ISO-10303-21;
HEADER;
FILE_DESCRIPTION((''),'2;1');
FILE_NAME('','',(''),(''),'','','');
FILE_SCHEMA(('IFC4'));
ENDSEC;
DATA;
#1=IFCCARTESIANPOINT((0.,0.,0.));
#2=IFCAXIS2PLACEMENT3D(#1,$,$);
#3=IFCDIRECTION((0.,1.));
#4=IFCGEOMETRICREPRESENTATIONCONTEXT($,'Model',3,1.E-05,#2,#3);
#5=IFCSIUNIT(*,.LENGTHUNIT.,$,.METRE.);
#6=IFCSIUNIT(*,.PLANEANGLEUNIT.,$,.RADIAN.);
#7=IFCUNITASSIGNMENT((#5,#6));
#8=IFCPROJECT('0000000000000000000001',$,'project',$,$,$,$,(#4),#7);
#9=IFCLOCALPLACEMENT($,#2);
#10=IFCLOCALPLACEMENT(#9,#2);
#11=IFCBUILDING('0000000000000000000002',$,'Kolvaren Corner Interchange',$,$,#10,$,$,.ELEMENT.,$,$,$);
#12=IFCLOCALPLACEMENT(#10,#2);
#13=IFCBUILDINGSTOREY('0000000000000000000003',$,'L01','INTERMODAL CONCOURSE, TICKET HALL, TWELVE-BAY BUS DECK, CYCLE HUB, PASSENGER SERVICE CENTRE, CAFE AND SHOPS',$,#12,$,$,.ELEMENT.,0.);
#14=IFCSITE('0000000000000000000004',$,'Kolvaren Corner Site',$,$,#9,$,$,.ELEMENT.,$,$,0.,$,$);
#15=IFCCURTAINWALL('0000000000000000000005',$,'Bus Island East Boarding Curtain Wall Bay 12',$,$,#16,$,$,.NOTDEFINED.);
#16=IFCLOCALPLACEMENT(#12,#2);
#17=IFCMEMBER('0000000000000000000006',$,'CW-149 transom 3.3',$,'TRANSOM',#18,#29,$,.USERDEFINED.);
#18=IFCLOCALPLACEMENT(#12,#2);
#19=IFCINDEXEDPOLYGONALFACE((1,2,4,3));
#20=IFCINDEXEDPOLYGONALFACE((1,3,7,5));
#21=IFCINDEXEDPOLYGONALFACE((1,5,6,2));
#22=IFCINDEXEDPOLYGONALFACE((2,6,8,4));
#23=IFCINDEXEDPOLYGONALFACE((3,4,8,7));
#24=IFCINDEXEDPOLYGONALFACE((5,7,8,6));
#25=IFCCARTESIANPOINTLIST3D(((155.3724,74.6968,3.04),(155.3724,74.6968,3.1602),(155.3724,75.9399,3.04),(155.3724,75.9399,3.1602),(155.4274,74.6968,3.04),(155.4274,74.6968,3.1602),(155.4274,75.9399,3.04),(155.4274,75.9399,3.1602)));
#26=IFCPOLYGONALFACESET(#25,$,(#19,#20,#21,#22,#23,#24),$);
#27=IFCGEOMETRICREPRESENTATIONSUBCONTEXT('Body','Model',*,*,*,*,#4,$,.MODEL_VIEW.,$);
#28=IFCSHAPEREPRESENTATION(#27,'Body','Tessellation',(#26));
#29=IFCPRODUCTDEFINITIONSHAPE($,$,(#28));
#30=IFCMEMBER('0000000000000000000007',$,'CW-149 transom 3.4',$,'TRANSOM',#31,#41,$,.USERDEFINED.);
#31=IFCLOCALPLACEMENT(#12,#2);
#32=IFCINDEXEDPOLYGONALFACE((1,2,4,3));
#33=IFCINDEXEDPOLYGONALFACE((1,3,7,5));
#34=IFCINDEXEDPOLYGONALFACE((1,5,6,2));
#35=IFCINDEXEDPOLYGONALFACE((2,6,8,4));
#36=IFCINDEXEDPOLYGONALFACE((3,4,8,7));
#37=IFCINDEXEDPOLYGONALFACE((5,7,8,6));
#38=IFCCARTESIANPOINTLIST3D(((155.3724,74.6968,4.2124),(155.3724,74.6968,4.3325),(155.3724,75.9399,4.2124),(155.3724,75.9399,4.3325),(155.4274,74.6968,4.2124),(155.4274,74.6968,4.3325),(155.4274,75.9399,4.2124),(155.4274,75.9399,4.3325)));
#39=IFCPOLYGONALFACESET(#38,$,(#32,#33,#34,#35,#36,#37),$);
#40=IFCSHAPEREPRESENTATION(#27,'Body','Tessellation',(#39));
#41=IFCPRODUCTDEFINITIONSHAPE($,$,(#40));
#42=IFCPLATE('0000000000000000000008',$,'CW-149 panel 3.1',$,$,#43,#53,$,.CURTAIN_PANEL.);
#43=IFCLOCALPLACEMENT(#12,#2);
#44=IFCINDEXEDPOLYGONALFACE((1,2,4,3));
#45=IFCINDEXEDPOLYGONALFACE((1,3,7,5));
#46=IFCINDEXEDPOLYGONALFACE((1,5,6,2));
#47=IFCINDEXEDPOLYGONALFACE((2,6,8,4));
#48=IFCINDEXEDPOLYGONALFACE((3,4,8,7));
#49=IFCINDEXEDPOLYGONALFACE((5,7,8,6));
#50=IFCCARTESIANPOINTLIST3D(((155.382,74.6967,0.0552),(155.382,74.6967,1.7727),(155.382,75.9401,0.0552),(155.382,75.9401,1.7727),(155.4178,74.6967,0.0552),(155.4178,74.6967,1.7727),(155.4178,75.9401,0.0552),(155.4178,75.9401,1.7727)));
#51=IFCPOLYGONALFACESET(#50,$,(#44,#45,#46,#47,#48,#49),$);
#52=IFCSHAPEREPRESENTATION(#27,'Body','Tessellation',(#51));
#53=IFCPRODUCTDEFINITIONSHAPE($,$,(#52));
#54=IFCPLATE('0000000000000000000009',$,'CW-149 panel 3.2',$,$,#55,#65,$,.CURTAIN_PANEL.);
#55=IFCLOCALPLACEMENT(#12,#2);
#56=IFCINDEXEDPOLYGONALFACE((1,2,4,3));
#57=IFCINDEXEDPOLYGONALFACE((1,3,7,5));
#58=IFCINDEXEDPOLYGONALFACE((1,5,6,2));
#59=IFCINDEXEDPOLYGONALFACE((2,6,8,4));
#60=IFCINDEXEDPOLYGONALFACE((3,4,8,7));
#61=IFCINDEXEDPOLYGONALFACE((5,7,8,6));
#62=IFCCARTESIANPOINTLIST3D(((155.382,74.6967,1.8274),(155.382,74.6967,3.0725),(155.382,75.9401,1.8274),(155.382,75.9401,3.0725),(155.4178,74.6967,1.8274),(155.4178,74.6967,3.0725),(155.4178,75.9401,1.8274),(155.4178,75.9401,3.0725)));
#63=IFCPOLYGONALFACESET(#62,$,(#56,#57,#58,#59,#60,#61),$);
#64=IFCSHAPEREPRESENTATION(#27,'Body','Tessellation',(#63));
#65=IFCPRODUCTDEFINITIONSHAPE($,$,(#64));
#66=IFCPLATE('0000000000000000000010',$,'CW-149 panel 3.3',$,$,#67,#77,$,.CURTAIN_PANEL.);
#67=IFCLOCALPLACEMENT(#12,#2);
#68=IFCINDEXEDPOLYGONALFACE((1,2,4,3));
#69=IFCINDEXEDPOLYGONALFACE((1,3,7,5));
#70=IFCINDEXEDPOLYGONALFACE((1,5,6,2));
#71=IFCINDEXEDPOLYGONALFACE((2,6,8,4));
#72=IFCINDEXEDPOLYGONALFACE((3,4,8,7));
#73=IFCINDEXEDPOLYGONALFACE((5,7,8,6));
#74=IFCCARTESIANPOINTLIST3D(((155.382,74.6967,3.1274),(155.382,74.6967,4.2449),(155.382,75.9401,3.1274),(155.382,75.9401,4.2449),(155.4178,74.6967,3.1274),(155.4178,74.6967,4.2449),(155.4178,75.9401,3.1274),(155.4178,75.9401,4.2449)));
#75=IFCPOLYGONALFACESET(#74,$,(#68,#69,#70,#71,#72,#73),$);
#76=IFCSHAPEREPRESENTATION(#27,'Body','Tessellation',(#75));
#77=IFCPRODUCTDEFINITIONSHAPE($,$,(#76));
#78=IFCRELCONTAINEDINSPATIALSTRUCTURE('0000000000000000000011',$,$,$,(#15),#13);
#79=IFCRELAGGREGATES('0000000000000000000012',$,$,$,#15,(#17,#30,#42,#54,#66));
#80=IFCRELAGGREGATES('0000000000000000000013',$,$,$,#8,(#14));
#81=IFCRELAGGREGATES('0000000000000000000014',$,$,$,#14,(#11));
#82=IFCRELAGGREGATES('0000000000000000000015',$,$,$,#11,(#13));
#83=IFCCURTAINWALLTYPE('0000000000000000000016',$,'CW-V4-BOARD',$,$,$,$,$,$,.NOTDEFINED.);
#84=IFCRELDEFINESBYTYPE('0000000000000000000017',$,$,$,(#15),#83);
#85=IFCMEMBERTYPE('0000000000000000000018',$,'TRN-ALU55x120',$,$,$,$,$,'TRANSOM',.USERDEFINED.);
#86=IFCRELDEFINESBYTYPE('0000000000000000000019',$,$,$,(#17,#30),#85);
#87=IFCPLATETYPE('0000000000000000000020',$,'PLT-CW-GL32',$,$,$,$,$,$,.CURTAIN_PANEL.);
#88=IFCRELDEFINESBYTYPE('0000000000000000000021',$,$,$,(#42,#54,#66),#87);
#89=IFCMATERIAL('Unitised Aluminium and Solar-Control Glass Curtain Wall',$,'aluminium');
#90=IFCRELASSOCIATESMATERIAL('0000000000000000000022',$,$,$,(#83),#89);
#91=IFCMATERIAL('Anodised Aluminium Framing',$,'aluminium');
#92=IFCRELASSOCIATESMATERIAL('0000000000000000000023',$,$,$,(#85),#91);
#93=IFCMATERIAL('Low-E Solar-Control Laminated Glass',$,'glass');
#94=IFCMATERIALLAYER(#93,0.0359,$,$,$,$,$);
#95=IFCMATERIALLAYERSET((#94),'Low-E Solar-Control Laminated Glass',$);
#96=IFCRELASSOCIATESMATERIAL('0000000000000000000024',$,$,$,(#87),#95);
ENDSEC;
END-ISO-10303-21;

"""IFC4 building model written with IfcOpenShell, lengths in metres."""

from ifc_helpers import new_model, si_unit, direction, frame, origin, origin_2d, place, context, subcontext, project, spatial, rectangle, extrude, material, layer, layer_set, material_profile, profile_set, type_object, element, aggregate, save


model = new_model("IFC4")

# Units and contexts
model_context = context("Model", 3, precision=1e-05, world=origin(), true_north=direction((0.0, 1.0)))
body_context = subcontext(model_context, "Body", "Model", "MODEL_VIEW")
ifc_project = project(units=[si_unit("LENGTHUNIT", "METRE"), si_unit("PLANEANGLEUNIT", "RADIAN")], contexts=[model_context])

# Site, building, storey
site_placement = place(None, origin())
site = spatial("IfcSite", under=ifc_project, at=site_placement, Name="Kolvaren Corner Site", CompositionType="ELEMENT", RefElevation=0.0)
building_placement = place(site_placement, origin())
building = spatial("IfcBuilding", under=site, at=building_placement, Name="Kolvaren Corner Interchange", CompositionType="ELEMENT")
storey_placement = place(building_placement, origin())
storey = spatial("IfcBuildingStorey", under=building, at=storey_placement, Name="L01", Description="INTERMODAL CONCOURSE, TICKET HALL, TWELVE-BAY BUS DECK, CYCLE HUB, PASSENGER SERVICE CENTRE, CAFE AND SHOPS", CompositionType="ELEMENT", Elevation=0.0)

# Curtain wall, members, plates
ifc_material_1 = material(Name="Unitised Aluminium and Solar-Control Glass Curtain Wall", Category="aluminium")
curtain_wall_type = type_object("IfcCurtainWallType", Name="CW-V4-BOARD", PredefinedType="NOTDEFINED", material=ifc_material_1)
curtain_wall_placement = place(storey_placement, origin())
curtain_wall = element("IfcCurtainWall", 1, at=curtain_wall_placement, inside=storey, type_object=curtain_wall_type, Name="Bus Island East Boarding Curtain Wall Bay 12", PredefinedType="NOTDEFINED")
ifc_material_2 = material(Name="Anodised Aluminium Framing", Category="aluminium")
ifc_material_profile_1 = material_profile(ifc_material_2, rectangle(XDim=0.0549, YDim=0.1201, at=origin_2d()), Name="ALU 55x120")
ifc_profile_set_1 = profile_set([ifc_material_profile_1], Name="Anodised Aluminium Framing")
member_type_1 = type_object("IfcMemberType", Name="TRN-ALU55x120", ElementType="TRANSOM", PredefinedType="USERDEFINED", material=ifc_profile_set_1)
member_1_placement = place(storey_placement, frame((155.3999, 74.6968, 3.1001), z_axis=(0.0, 1.0, 0.0), x_axis=(-1.0, 0.0, 0.0)))
member_1 = element("IfcMember", 2, at=member_1_placement, type_object=member_type_1, Name="CW-149 transom 3.3", ObjectType="TRANSOM", PredefinedType="USERDEFINED", context=body_context, shape_type="SweptSolid", body=[
    extrude(rectangle(XDim=0.0549, YDim=0.1201, at=origin_2d()), origin(), (0.0, 0.0, 1.0), 1.2432),
])
member_2_placement = place(storey_placement, frame((155.3999, 74.6968, 4.2725), z_axis=(0.0, 1.0, 0.0), x_axis=(-1.0, 0.0, 0.0)))
member_2 = element("IfcMember", 3, at=member_2_placement, type_object=member_type_1, Name="CW-149 transom 3.4", ObjectType="TRANSOM", PredefinedType="USERDEFINED", context=body_context, shape_type="SweptSolid", body=[
    extrude(rectangle(XDim=0.0549, YDim=0.1201, at=origin_2d()), origin(), (0.0, 0.0, 1.0), 1.2432),
])
ifc_material_3 = material(Name="Low-E Solar-Control Laminated Glass", Category="glass")
ifc_layer = layer(ifc_material_3, 0.0359)
ifc_layer_set = layer_set([ifc_layer], Name="Low-E Solar-Control Laminated Glass")
plate_type = type_object("IfcPlateType", Name="PLT-CW-GL32", PredefinedType="CURTAIN_PANEL", material=ifc_layer_set)
plate_1_placement = place(storey_placement, frame((155.3999, 75.3184, 0.0552), z_axis=(0.0, 0.0, 1.0), x_axis=(0.0, 1.0, 0.0)))
plate_1 = element("IfcPlate", 4, at=plate_1_placement, type_object=plate_type, Name="CW-149 panel 3.1", PredefinedType="CURTAIN_PANEL", context=body_context, shape_type="SweptSolid", body=[
    extrude(rectangle(XDim=1.2434, YDim=0.0359, at=origin_2d()), origin(), (0.0, 0.0, 1.0), 1.7175),
])
plate_2_placement = place(storey_placement, frame((155.3999, 75.3184, 1.8274), z_axis=(0.0, 0.0, 1.0), x_axis=(0.0, 1.0, 0.0)))
plate_2 = element("IfcPlate", 5, at=plate_2_placement, type_object=plate_type, Name="CW-149 panel 3.2", PredefinedType="CURTAIN_PANEL", context=body_context, shape_type="SweptSolid", body=[
    extrude(rectangle(XDim=1.2434, YDim=0.0359, at=origin_2d()), origin(), (0.0, 0.0, 1.0), 1.2451),
])
plate_3_placement = place(storey_placement, frame((155.3999, 75.3184, 3.1274), z_axis=(0.0, 0.0, 1.0), x_axis=(0.0, 1.0, 0.0)))
plate_3 = element("IfcPlate", 6, at=plate_3_placement, type_object=plate_type, Name="CW-149 panel 3.3", PredefinedType="CURTAIN_PANEL", context=body_context, shape_type="SweptSolid", body=[
    extrude(rectangle(XDim=1.2434, YDim=0.0359, at=origin_2d()), origin(), (0.0, 0.0, 1.0), 1.1174),
])
aggregate(curtain_wall, [member_1, member_2, plate_1, plate_2, plate_3])

save(model, "model.ifc")
